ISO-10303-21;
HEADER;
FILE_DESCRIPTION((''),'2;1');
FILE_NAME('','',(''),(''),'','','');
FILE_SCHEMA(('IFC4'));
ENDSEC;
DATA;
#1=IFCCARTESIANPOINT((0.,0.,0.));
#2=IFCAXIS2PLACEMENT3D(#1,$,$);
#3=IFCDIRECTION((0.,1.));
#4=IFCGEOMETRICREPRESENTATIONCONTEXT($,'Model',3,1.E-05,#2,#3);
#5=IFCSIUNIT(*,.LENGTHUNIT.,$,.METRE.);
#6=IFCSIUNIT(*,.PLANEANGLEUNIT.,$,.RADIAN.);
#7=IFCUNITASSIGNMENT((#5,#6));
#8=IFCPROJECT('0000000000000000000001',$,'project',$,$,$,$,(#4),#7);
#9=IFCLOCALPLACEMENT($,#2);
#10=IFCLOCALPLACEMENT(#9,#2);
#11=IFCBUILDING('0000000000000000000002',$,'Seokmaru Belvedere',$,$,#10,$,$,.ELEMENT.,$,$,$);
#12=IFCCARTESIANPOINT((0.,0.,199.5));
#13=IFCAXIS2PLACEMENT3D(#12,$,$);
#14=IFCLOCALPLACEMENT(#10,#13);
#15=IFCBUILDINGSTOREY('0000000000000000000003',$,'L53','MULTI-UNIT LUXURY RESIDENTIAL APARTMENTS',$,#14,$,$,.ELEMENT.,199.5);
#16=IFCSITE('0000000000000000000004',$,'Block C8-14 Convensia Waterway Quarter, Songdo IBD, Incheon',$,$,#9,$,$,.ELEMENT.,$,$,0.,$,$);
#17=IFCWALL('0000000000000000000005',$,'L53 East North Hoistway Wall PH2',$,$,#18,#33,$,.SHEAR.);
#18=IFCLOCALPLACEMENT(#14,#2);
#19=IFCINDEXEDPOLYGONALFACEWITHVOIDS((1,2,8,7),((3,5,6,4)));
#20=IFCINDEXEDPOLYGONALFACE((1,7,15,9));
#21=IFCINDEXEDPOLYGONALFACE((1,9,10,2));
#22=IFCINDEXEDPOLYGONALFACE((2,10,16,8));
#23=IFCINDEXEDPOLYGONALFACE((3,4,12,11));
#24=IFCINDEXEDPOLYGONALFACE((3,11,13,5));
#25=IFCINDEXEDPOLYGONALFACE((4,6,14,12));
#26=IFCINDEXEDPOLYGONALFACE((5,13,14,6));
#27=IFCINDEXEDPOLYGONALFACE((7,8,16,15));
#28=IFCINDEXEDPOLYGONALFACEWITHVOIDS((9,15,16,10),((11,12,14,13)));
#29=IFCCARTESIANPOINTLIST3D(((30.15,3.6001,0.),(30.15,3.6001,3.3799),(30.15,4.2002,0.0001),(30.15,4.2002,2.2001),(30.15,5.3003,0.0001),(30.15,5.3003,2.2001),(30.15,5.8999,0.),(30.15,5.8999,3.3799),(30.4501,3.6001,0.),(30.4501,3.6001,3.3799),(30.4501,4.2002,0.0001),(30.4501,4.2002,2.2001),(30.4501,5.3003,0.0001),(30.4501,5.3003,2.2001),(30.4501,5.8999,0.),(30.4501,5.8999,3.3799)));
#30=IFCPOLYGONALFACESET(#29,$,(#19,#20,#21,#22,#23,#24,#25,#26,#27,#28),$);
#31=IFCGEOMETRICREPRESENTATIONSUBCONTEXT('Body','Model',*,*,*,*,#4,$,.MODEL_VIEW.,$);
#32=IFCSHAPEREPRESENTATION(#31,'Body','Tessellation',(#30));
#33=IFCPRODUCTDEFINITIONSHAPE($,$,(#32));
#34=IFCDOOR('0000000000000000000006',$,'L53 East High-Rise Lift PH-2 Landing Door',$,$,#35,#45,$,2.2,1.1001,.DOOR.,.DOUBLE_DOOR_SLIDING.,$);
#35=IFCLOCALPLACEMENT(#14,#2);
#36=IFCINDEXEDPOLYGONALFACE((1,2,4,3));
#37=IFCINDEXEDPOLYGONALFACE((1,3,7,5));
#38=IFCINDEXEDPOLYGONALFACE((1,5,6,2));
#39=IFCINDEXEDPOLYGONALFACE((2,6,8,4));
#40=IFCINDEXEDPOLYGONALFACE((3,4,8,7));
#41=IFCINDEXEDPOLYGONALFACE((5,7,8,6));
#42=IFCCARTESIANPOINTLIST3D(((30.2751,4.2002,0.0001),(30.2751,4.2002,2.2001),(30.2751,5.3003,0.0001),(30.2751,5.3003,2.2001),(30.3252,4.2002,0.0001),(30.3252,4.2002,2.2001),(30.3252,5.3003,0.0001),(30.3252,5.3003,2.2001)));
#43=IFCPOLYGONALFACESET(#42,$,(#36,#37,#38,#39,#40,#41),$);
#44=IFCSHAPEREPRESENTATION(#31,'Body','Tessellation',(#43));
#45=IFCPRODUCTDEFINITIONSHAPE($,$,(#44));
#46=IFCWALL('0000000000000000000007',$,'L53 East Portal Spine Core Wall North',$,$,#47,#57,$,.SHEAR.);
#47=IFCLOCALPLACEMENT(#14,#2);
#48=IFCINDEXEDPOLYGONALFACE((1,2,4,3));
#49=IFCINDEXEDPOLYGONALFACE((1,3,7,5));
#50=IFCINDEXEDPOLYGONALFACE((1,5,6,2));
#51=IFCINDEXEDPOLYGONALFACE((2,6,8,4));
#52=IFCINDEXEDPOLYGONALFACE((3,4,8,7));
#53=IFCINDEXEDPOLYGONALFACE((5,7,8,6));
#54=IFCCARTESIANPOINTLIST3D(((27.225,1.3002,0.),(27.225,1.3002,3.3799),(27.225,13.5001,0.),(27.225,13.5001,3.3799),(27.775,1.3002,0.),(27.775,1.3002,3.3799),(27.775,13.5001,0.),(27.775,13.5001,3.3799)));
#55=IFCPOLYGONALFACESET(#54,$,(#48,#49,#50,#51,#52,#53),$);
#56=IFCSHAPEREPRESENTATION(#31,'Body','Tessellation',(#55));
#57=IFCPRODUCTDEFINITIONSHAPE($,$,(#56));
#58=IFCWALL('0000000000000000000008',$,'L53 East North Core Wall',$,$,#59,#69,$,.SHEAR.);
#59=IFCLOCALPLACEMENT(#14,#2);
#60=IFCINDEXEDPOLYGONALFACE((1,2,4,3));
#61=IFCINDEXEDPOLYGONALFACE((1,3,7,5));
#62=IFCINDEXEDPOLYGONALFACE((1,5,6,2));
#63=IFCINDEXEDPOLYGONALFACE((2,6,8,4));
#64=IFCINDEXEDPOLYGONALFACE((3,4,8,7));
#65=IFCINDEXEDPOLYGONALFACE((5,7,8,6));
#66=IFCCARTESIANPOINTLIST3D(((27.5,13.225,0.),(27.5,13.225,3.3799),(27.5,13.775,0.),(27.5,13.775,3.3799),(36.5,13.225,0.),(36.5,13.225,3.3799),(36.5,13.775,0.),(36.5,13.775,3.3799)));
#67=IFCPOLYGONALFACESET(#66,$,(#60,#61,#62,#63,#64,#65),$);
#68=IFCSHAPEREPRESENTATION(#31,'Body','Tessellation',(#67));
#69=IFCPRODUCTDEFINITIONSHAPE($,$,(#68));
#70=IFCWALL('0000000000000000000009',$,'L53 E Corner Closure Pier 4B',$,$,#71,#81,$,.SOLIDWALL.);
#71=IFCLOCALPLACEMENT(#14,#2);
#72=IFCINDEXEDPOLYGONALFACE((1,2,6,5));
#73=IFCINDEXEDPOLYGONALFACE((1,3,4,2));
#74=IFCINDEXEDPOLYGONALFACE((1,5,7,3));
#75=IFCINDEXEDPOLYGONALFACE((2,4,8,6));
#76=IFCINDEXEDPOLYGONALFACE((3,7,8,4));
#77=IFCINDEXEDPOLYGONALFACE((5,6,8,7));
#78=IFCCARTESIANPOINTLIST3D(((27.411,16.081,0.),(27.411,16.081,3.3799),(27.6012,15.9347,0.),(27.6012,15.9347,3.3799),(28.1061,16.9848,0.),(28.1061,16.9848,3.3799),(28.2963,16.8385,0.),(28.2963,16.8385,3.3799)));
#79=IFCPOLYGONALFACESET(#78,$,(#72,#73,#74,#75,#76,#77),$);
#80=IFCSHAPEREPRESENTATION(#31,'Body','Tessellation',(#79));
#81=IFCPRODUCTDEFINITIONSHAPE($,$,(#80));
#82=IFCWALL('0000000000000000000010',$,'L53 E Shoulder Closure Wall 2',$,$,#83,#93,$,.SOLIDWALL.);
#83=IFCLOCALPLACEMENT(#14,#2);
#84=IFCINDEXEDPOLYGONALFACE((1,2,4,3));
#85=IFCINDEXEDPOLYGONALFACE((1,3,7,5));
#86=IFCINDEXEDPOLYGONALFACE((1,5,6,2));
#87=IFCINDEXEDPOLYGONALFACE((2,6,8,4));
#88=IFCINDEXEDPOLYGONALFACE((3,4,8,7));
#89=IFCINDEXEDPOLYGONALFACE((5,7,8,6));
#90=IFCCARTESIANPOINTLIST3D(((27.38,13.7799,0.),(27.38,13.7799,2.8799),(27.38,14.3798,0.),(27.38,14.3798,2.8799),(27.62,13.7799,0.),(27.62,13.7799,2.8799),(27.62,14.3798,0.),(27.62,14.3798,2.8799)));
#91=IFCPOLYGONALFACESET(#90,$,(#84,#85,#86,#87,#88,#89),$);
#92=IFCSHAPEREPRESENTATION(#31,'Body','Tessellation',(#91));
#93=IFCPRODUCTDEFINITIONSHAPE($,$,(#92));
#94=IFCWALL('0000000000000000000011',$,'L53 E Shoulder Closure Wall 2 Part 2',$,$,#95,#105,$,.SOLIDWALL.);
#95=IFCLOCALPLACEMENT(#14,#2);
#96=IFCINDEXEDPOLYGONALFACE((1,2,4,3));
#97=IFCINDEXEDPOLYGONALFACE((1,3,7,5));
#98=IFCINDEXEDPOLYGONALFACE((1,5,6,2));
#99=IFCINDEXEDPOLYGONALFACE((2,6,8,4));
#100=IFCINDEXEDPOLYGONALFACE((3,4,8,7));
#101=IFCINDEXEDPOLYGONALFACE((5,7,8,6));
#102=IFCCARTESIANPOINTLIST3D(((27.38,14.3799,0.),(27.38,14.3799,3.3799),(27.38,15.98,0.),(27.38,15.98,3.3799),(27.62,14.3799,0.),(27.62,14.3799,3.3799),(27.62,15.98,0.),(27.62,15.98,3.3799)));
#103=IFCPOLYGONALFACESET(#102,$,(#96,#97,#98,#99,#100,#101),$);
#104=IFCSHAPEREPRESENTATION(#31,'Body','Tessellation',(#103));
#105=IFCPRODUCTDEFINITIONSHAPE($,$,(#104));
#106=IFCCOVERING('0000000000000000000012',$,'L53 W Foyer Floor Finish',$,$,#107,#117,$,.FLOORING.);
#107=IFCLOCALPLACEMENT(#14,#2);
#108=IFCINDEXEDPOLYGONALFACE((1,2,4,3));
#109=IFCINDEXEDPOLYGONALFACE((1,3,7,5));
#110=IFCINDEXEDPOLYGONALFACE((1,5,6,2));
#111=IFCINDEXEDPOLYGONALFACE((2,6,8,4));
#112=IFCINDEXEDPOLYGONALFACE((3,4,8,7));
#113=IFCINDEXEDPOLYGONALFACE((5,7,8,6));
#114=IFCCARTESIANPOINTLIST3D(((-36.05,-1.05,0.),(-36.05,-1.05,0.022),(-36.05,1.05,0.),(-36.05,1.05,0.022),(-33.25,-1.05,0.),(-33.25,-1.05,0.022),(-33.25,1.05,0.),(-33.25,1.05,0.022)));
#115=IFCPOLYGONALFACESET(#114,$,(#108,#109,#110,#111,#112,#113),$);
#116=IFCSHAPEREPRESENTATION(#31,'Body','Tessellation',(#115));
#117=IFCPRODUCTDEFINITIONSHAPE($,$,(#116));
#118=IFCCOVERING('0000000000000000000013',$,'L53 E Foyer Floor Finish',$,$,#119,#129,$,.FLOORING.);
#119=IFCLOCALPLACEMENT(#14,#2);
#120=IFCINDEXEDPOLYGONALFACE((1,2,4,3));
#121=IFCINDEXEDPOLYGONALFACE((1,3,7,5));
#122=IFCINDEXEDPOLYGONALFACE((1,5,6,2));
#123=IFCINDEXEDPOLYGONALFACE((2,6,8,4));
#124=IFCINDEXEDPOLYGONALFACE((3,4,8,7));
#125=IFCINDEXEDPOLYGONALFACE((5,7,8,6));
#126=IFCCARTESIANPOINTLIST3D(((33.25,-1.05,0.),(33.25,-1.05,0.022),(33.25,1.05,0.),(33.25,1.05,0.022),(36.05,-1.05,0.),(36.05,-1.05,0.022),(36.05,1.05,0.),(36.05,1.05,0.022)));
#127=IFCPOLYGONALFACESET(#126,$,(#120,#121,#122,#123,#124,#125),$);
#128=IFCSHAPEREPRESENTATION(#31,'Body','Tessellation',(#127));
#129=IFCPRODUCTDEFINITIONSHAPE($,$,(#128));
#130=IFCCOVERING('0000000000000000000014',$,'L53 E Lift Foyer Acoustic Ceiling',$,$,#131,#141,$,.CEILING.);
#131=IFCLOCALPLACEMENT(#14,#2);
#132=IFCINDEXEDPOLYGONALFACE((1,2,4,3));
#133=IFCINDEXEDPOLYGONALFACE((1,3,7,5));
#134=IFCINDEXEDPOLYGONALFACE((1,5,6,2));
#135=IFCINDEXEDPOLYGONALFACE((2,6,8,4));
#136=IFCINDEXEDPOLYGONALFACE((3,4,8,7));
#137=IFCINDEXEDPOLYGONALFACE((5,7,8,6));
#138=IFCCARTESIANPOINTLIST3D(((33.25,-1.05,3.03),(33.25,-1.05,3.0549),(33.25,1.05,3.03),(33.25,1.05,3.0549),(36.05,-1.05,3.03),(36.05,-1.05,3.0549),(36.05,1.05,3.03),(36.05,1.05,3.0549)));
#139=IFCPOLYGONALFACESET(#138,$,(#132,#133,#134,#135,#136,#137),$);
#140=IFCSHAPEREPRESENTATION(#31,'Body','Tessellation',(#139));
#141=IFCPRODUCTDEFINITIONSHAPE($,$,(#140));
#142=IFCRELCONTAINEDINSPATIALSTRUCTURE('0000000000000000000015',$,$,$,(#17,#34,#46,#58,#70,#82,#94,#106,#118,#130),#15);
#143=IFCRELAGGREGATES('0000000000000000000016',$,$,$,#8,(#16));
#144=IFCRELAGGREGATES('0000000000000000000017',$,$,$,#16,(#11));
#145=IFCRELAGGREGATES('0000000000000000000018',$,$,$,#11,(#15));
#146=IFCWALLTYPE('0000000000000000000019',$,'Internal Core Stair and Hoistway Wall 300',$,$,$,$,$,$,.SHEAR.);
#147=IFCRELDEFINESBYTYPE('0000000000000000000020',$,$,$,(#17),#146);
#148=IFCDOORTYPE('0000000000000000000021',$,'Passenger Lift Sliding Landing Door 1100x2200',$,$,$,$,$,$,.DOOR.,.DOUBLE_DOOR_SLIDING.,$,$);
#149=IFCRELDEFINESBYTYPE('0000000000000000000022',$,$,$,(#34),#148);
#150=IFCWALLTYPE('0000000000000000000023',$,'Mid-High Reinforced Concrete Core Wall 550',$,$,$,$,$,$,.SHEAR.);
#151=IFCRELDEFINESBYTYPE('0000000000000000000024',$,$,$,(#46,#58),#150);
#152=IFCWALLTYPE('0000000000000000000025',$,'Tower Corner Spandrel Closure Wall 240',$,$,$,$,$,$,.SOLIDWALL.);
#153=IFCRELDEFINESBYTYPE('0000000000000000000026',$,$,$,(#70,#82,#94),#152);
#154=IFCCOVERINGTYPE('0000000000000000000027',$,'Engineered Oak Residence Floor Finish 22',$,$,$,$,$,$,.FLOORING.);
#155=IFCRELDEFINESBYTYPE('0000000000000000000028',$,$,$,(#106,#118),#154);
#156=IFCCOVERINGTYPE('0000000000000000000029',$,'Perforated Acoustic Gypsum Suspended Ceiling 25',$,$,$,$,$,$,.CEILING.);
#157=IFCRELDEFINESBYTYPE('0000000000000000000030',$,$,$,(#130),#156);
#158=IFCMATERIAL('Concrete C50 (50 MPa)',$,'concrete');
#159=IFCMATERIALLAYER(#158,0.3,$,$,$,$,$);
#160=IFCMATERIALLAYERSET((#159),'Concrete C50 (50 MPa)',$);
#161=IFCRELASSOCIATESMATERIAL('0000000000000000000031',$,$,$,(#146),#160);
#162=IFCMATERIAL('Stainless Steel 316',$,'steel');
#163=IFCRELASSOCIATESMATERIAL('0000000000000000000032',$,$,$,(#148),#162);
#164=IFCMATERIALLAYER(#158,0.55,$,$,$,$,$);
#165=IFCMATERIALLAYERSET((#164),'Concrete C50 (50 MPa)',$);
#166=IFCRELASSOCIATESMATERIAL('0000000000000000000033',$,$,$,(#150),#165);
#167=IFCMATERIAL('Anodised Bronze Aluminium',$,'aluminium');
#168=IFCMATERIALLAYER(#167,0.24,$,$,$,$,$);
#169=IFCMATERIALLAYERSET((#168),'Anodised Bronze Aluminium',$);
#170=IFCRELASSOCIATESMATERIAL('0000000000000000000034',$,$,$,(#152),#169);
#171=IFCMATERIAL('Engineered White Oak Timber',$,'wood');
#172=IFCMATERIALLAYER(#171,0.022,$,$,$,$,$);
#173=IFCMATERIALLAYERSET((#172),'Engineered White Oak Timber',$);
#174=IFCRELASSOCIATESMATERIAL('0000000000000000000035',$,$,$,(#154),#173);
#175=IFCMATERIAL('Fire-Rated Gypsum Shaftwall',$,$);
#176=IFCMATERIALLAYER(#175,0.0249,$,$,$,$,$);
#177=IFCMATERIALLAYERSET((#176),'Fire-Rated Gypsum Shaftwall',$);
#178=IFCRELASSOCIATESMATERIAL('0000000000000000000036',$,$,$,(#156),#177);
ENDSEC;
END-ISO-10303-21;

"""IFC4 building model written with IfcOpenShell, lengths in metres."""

from ifc_helpers import new_model, si_unit, direction, frame, frame_2d, origin, place, context, subcontext, project, spatial, polyline, rectangle, outline, extrude, source, transform, mapped, material, layer, layer_set, type_object, type_shapes, element, fill, save


model = new_model("IFC4")

# Units and contexts
model_context = context("Model", 3, precision=1e-05, world=origin(), true_north=direction((0.0, 1.0)))
body_context = subcontext(model_context, "Body", "Model", "MODEL_VIEW")
ifc_project = project(units=[si_unit("LENGTHUNIT", "METRE"), si_unit("PLANEANGLEUNIT", "RADIAN")], contexts=[model_context])

# Site, building, storey
site_placement = place(None, origin())
site = spatial("IfcSite", under=ifc_project, at=site_placement, Name="Block C8-14 Convensia Waterway Quarter, Songdo IBD, Incheon", CompositionType="ELEMENT", RefElevation=0.0)
building_placement = place(site_placement, origin())
building = spatial("IfcBuilding", under=site, at=building_placement, Name="Seokmaru Belvedere", CompositionType="ELEMENT")
storey_placement = place(building_placement, frame((0.0, 0.0, 199.5)))
storey = spatial("IfcBuildingStorey", under=building, at=storey_placement, Name="L53", Description="MULTI-UNIT LUXURY RESIDENTIAL APARTMENTS", CompositionType="ELEMENT", Elevation=199.5)

# Shared definitions
ifc_material_1 = material(Name="Anodised Bronze Aluminium", Category="aluminium")

# Shared definitions
ifc_material_2 = material(Name="Concrete C50 (50 MPa)", Category="concrete")
ifc_material_3 = material(Name="Fire-Rated Gypsum Shaftwall")

# Wall, opening, door
ifc_layer_1 = layer(ifc_material_2, 0.3)
ifc_layer_set_1 = layer_set([ifc_layer_1], Name="Concrete C50 (50 MPa)")
wall_type_1 = type_object("IfcWallType", Name="Internal Core Stair and Hoistway Wall 300", PredefinedType="SHEAR", material=ifc_layer_set_1)
ifc_material_4 = material(Name="Stainless Steel 316", Category="steel")
door_type_1 = type_object("IfcDoorType", Name="Passenger Lift Sliding Landing Door 1100x2200", OperationType="DOUBLE_DOOR_SLIDING", PredefinedType="DOOR", material=ifc_material_4)
shared_shape_1 = source(origin(), body_context, "Body", "SweptSolid", [
    extrude(rectangle(XDim=1.1001, YDim=2.2, at=frame_2d((0.55, 1.1001))), frame((0.0, 0.0249, 0.0), z_axis=(0.0, -1.0, 0.0), x_axis=(1.0, 0.0, 0.0)), (0.0, 0.0, 1.0), 0.05),
])
type_shapes(door_type_1, [shared_shape_1])
wall_1_placement = place(storey_placement, frame((30.3, 3.6001, 0.0), z_axis=(0.0, 0.0, 1.0), x_axis=(0.0, 1.0, 0.0)))
wall_1 = element("IfcWall", 1, at=wall_1_placement, inside=storey, type_object=wall_type_1, Name="L53 East North Hoistway Wall PH2", PredefinedType="SHEAR", context=body_context, shape_type="SweptSolid", body=[
    extrude(rectangle(XDim=2.2998, YDim=0.3, at=frame_2d((1.1499, 0.0))), origin(), (0.0, 0.0, 1.0), 3.3799),
])
opening_1_placement = place(wall_1_placement, frame((0.6001, 0.0, 0.0)))
opening_1 = element("IfcOpeningElement", 2, at=opening_1_placement, cuts=wall_1, PredefinedType="OPENING", context=body_context, shape_type="SweptSolid", body=[
    extrude(rectangle(XDim=1.1001, YDim=2.2, at=frame_2d((0.55, 1.1001))), frame((0.0, 0.1602, 0.0), z_axis=(0.0, -1.0, 0.0), x_axis=(1.0, 0.0, 0.0)), (0.0, 0.0, 1.0), 0.3201),
])
door_1_placement = place(opening_1_placement, origin())
door_1 = element("IfcDoor", 3, at=door_1_placement, inside=storey, type_object=door_type_1, Name="L53 East High-Rise Lift PH-2 Landing Door", OperationType="DOUBLE_DOOR_SLIDING", OverallHeight=2.2, OverallWidth=1.1001, PredefinedType="DOOR", context=body_context, shape_type="MappedRepresentation", body=[
    mapped(shared_shape_1, transform((0.0, 0.0, 0.0), scale=1.0)),
])
fill(opening_1, door_1)

# Walls
ifc_layer_2 = layer(ifc_material_2, 0.55)
ifc_layer_set_2 = layer_set([ifc_layer_2], Name="Concrete C50 (50 MPa)")
wall_type_2 = type_object("IfcWallType", Name="Mid-High Reinforced Concrete Core Wall 550", PredefinedType="SHEAR", material=ifc_layer_set_2)
wall_2_placement = place(storey_placement, frame((27.5, 1.3, 0.0), z_axis=(0.0, 0.0, 1.0), x_axis=(0.0, 1.0, 0.0)))
element("IfcWall", 4, at=wall_2_placement, inside=storey, type_object=wall_type_2, Name="L53 East Portal Spine Core Wall North", PredefinedType="SHEAR", context=body_context, shape_type="SweptSolid", body=[
    extrude(rectangle(XDim=12.2, YDim=0.55, at=frame_2d((6.1001, 0.0))), origin(), (0.0, 0.0, 1.0), 3.3799),
])
wall_3_placement = place(storey_placement, frame((27.5, 13.5, 0.0), z_axis=(0.0, 0.0, 1.0), x_axis=(1.0, 0.0, 0.0)))
element("IfcWall", 5, at=wall_3_placement, inside=storey, type_object=wall_type_2, Name="L53 East North Core Wall", PredefinedType="SHEAR", context=body_context, shape_type="SweptSolid", body=[
    extrude(rectangle(XDim=9.0, YDim=0.55, at=frame_2d((4.5, 0.0))), origin(), (0.0, 0.0, 1.0), 3.3799),
])
ifc_layer_3 = layer(ifc_material_1, 0.24)
ifc_layer_set_3 = layer_set([ifc_layer_3], Name="Anodised Bronze Aluminium")
wall_type_3 = type_object("IfcWallType", Name="Tower Corner Spandrel Closure Wall 240", PredefinedType="SOLIDWALL", material=ifc_layer_set_3)
wall_4_placement = place(storey_placement, frame((28.2012, 16.9116, 0.0), z_axis=(0.0, 0.0, 1.0), x_axis=(-0.609618, -0.792696, 0.0)))
element("IfcWall", 6, at=wall_4_placement, inside=storey, type_object=wall_type_3, Name="L53 E Corner Closure Pier 4B", PredefinedType="SOLIDWALL", context=body_context, shape_type="SweptSolid", body=[
    extrude(rectangle(XDim=1.1401, YDim=0.24, at=frame_2d((0.5701, 0.0))), origin(), (0.0, 0.0, 1.0), 3.3799),
])
wall_5_placement = place(storey_placement, frame((27.5, 13.78, 0.0), z_axis=(0.0, 0.0, 1.0), x_axis=(0.0, 1.0, 0.0)))
element("IfcWall", 7, at=wall_5_placement, inside=storey, type_object=wall_type_3, Name="L53 E Shoulder Closure Wall 2", PredefinedType="SOLIDWALL", context=body_context, shape_type="SweptSolid", body=[
    extrude(rectangle(XDim=0.5999, YDim=0.24, at=frame_2d((0.2998, 0.0))), origin(), (0.0, 0.0, 1.0), 2.8799),
])
wall_6_placement = place(storey_placement, frame((27.5, 14.3799, 0.0), z_axis=(0.0, 0.0, 1.0), x_axis=(0.0, 1.0, 0.0)))
element("IfcWall", 8, at=wall_6_placement, inside=storey, type_object=wall_type_3, Name="L53 E Shoulder Closure Wall 2 Part 2", PredefinedType="SOLIDWALL", context=body_context, shape_type="SweptSolid", body=[
    extrude(rectangle(XDim=1.6001, YDim=0.24, at=frame_2d((0.8, 0.0))), origin(), (0.0, 0.0, 1.0), 3.3799),
])

# Coverings
ifc_material_5 = material(Name="Engineered White Oak Timber", Category="wood")
ifc_layer_4 = layer(ifc_material_5, 0.022)
ifc_layer_set_4 = layer_set([ifc_layer_4], Name="Engineered White Oak Timber")
covering_type_1 = type_object("IfcCoveringType", Name="Engineered Oak Residence Floor Finish 22", PredefinedType="FLOORING", material=ifc_layer_set_4)
covering_1_placement = place(storey_placement, origin())
element("IfcCovering", 9, at=covering_1_placement, inside=storey, type_object=covering_type_1, Name="L53 W Foyer Floor Finish", PredefinedType="FLOORING", context=body_context, shape_type="SweptSolid", body=[
    extrude(outline(polyline([(-36.05, -1.05), (-33.25, -1.05), (-33.25, 1.05), (-36.05, 1.05), (-36.05, -1.05)])), origin(), (0.0, 0.0, 1.0), 0.022),
])
covering_2_placement = place(storey_placement, origin())
element("IfcCovering", 10, at=covering_2_placement, inside=storey, type_object=covering_type_1, Name="L53 E Foyer Floor Finish", PredefinedType="FLOORING", context=body_context, shape_type="SweptSolid", body=[
    extrude(outline(polyline([(33.25, -1.05), (36.05, -1.05), (36.05, 1.05), (33.25, 1.05), (33.25, -1.05)])), origin(), (0.0, 0.0, 1.0), 0.022),
])
ifc_layer_5 = layer(ifc_material_3, 0.0249)
ifc_layer_set_5 = layer_set([ifc_layer_5], Name="Fire-Rated Gypsum Shaftwall")
covering_type_2 = type_object("IfcCoveringType", Name="Perforated Acoustic Gypsum Suspended Ceiling 25", PredefinedType="CEILING", material=ifc_layer_set_5)
covering_3_placement = place(storey_placement, frame((0.0, 0.0, 3.03)))
element("IfcCovering", 11, at=covering_3_placement, inside=storey, type_object=covering_type_2, Name="L53 E Lift Foyer Acoustic Ceiling", PredefinedType="CEILING", context=body_context, shape_type="SweptSolid", body=[
    extrude(outline(polyline([(33.25, -1.05), (36.05, -1.05), (36.05, 1.05), (33.25, 1.05), (33.25, -1.05)])), origin(), (0.0, 0.0, 1.0), 0.0249),
])

save(model, "model.ifc")
